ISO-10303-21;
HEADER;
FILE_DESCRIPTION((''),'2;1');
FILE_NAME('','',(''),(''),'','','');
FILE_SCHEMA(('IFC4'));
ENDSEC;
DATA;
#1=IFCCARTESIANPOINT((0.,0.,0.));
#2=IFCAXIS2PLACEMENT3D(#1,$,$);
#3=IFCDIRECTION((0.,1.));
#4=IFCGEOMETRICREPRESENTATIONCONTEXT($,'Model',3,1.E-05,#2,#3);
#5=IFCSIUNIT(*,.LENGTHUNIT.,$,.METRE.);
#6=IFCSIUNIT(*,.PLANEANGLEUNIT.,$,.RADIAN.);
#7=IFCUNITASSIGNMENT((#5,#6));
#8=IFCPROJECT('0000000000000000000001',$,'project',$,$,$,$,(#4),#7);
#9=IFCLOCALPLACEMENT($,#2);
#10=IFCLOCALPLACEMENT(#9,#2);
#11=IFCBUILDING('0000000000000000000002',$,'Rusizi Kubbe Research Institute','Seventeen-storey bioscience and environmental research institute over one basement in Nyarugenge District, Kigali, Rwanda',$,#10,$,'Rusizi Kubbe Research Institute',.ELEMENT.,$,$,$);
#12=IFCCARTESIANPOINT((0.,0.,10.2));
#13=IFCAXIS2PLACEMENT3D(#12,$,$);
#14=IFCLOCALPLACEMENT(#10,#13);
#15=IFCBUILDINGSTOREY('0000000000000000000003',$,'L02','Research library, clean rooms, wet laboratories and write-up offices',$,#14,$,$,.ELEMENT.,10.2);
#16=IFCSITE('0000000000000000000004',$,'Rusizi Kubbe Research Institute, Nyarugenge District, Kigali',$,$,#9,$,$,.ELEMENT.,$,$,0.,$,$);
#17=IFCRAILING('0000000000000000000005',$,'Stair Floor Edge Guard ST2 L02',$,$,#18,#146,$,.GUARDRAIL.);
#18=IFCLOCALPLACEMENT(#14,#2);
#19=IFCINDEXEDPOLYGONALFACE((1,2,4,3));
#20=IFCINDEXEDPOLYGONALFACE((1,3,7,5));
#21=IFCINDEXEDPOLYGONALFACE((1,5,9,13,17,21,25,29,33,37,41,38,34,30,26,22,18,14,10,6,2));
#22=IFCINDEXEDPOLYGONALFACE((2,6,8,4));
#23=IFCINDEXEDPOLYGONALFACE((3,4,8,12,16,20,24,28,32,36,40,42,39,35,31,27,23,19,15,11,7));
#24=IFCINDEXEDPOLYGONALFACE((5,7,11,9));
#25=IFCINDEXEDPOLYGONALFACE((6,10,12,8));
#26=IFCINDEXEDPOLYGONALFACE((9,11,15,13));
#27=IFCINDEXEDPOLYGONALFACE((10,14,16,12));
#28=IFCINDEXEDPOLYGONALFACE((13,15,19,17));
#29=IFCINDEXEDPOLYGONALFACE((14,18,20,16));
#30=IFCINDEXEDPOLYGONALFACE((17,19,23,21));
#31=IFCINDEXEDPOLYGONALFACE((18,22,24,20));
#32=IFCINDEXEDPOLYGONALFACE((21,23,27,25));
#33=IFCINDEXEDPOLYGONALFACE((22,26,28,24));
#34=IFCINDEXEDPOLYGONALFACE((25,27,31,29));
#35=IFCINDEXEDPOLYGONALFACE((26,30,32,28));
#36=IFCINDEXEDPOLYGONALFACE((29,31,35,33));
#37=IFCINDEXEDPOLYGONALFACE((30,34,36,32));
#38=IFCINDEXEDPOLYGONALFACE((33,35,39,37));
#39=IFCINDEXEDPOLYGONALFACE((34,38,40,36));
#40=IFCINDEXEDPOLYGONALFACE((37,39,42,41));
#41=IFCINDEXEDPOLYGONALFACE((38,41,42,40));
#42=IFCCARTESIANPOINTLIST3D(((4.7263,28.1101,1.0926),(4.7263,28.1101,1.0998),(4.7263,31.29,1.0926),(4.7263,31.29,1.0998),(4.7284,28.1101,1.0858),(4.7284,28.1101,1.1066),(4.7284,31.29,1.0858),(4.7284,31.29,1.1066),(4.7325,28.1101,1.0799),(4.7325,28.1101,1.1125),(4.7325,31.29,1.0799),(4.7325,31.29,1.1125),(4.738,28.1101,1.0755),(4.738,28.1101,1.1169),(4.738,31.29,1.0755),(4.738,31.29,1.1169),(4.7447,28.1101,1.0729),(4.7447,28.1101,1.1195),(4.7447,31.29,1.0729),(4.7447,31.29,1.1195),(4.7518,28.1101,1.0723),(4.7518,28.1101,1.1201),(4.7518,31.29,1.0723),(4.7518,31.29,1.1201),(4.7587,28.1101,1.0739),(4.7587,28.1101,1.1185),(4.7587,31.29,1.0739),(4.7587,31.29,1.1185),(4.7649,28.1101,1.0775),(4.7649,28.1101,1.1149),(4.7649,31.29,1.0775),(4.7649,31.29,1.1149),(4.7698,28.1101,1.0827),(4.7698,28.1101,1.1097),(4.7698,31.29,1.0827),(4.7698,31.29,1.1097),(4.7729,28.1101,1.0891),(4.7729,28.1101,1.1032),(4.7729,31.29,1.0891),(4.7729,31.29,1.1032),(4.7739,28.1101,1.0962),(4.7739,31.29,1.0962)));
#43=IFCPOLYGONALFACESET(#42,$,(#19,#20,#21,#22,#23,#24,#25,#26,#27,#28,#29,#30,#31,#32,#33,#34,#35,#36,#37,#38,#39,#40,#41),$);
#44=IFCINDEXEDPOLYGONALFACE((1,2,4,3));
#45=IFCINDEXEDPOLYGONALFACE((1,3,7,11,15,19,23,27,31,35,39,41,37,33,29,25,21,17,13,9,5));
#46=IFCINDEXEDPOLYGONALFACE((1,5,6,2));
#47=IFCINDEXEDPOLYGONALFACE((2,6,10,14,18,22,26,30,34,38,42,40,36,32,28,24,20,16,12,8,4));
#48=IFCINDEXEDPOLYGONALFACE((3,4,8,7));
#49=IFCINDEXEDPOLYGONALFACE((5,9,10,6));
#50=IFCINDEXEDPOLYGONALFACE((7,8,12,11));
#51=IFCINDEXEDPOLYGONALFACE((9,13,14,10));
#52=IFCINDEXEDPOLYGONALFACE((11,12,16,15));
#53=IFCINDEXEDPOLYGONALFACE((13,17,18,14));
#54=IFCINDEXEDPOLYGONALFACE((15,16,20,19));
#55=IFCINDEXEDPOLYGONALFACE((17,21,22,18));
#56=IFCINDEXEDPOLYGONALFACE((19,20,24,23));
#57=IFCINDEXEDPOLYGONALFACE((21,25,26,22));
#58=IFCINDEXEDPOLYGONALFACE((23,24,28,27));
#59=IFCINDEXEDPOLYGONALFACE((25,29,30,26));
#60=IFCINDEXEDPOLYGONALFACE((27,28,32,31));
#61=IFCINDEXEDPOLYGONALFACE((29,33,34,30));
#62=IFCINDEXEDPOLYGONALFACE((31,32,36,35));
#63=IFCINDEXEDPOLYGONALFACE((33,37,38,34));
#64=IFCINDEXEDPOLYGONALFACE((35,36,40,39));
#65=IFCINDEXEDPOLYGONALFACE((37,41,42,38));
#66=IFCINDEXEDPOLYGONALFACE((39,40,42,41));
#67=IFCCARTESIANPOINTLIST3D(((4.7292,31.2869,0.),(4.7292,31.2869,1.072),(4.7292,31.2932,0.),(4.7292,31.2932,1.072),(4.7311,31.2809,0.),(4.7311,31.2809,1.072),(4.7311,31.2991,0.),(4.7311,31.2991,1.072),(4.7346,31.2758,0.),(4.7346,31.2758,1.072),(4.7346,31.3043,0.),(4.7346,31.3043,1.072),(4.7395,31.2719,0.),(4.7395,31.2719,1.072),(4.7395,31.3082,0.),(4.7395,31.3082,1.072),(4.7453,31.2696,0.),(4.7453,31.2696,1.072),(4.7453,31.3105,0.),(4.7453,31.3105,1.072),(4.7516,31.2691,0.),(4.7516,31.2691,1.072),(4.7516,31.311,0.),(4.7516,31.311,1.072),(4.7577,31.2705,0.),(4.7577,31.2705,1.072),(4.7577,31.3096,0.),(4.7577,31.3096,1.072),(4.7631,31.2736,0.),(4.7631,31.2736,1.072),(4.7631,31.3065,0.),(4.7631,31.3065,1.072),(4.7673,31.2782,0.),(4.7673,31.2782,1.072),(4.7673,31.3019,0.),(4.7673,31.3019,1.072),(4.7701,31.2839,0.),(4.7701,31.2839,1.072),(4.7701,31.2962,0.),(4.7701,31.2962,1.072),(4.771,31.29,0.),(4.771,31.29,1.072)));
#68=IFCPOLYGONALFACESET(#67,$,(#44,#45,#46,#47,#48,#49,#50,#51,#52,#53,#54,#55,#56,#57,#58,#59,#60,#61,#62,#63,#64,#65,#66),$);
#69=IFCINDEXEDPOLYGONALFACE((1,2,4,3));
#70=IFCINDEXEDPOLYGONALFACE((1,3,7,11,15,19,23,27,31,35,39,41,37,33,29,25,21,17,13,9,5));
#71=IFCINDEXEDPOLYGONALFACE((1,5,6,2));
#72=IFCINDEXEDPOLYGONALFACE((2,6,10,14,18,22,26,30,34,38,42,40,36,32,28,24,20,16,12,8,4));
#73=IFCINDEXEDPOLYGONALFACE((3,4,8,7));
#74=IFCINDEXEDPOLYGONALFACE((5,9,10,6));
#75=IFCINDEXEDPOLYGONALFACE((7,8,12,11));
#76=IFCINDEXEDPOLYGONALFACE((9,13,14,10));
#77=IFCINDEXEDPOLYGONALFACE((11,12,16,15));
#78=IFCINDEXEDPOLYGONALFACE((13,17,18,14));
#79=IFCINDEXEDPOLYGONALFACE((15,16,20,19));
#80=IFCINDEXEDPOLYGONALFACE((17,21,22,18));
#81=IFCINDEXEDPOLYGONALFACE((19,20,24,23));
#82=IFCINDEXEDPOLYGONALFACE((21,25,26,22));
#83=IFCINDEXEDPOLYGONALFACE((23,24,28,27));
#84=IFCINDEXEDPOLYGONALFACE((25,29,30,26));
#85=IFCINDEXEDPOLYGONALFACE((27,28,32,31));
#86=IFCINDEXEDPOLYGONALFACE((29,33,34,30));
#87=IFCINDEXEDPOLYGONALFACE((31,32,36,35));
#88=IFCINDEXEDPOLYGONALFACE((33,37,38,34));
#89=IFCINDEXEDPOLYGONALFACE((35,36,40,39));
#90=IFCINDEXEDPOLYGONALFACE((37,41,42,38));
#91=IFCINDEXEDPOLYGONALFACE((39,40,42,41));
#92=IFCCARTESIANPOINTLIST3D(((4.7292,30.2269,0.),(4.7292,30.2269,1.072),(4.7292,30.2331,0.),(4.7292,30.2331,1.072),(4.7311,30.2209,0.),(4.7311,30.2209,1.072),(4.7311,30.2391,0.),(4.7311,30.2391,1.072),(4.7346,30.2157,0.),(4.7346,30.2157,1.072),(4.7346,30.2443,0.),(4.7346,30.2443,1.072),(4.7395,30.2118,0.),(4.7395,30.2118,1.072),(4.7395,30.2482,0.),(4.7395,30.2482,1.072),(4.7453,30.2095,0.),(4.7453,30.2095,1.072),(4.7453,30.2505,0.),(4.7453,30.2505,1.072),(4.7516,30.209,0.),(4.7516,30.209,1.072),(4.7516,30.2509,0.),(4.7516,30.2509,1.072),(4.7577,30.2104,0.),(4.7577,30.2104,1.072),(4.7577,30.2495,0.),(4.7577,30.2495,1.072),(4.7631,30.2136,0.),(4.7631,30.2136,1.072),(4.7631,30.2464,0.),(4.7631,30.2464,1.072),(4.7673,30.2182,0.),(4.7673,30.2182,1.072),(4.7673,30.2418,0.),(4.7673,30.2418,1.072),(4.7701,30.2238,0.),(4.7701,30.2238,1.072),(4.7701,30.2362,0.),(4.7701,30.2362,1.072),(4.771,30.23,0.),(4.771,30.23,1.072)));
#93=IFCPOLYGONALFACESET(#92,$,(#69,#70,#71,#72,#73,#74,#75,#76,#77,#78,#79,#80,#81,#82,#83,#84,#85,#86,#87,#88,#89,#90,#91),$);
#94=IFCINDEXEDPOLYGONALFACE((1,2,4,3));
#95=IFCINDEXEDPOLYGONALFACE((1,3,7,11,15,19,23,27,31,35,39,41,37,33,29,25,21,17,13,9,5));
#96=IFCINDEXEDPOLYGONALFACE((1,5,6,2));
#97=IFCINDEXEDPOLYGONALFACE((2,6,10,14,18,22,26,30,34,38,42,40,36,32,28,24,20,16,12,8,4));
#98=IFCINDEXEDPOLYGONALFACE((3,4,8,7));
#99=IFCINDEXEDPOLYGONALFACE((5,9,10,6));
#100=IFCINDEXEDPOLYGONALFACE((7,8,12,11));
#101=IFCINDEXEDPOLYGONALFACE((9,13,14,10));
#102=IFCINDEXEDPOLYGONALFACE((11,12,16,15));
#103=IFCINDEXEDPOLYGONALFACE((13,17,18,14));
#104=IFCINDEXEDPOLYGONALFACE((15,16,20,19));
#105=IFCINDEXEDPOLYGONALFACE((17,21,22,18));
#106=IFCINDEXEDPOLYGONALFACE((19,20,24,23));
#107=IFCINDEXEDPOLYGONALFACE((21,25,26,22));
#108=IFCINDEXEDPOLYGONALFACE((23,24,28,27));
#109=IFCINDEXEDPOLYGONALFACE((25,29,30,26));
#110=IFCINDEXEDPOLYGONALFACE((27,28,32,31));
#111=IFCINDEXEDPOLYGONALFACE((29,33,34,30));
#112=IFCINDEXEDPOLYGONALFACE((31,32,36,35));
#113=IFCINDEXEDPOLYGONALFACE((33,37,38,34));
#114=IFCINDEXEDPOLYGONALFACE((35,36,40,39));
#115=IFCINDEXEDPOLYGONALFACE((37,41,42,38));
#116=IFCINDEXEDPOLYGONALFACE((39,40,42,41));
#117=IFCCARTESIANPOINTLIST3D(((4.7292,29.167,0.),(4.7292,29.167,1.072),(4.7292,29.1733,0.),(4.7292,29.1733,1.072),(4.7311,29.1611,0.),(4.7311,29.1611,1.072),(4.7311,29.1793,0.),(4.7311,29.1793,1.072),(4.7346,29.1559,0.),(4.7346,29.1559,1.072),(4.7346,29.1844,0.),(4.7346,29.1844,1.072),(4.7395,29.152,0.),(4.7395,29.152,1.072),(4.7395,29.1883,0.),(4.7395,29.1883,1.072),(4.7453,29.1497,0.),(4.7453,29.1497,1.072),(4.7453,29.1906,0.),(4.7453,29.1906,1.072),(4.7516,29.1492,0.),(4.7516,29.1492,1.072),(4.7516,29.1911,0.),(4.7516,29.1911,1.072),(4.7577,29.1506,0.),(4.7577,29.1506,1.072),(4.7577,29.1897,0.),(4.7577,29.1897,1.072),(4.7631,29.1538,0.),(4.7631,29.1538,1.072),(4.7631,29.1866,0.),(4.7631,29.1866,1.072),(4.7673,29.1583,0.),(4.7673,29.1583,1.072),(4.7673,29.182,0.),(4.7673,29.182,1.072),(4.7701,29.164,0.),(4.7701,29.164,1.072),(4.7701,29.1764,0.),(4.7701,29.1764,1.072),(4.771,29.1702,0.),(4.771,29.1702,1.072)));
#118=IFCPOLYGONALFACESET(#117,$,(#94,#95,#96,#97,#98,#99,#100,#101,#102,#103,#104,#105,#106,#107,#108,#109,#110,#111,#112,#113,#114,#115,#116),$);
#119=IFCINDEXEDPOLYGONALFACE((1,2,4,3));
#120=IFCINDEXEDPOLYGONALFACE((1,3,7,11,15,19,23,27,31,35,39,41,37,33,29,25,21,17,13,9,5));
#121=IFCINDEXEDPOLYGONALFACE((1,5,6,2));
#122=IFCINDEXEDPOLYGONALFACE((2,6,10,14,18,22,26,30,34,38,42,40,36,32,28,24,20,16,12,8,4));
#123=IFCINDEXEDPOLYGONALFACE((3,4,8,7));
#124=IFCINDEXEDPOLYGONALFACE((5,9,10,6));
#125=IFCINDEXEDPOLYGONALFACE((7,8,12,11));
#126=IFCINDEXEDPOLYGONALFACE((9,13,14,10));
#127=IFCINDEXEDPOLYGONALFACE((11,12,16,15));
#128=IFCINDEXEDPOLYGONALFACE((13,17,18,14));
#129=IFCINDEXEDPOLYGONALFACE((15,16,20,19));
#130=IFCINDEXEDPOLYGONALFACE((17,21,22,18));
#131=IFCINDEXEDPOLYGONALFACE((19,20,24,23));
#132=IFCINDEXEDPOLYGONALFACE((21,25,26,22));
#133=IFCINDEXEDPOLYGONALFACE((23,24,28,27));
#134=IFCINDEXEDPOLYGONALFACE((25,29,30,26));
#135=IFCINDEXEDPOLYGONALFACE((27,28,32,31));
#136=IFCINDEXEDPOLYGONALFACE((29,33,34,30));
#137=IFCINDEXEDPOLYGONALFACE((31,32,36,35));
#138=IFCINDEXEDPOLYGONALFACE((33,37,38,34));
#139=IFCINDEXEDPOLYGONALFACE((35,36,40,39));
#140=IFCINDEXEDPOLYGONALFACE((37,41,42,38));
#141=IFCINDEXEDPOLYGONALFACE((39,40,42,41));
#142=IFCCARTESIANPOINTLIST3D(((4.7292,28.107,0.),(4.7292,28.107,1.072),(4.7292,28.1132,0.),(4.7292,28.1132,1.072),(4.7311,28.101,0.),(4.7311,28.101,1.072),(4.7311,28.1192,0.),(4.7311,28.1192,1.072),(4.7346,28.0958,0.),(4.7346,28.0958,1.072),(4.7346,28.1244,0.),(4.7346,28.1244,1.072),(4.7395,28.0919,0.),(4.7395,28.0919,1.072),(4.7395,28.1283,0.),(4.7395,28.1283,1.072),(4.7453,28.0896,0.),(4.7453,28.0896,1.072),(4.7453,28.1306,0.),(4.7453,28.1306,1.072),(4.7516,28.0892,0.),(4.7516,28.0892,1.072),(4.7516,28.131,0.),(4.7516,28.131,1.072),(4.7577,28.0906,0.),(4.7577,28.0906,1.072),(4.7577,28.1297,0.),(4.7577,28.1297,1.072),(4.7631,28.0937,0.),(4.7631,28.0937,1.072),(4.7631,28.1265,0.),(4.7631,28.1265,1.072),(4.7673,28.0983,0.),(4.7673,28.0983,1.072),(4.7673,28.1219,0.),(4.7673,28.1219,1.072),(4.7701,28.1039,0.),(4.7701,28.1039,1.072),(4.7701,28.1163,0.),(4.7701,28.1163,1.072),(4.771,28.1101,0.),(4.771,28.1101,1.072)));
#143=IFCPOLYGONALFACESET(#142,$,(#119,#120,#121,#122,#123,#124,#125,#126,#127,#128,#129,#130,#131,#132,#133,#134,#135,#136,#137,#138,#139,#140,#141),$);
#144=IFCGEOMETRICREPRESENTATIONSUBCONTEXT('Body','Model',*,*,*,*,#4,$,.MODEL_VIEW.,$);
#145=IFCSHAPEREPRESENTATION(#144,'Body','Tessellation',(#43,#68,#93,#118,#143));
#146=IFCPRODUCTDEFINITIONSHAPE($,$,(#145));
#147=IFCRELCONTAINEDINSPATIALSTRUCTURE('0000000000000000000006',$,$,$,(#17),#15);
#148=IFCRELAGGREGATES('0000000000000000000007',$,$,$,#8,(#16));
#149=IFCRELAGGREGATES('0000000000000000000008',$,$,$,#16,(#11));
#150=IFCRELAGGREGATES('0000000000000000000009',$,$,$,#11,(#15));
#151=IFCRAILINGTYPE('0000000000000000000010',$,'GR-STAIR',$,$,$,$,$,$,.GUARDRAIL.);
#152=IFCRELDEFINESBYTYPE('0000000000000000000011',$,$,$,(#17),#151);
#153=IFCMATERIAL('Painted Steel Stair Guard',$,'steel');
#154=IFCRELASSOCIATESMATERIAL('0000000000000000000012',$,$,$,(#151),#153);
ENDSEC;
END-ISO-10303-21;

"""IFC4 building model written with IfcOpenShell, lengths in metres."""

from ifc_helpers import new_model, si_unit, direction, frame, origin, origin_2d, place, context, subcontext, project, spatial, circle, extrude, material, type_object, element, save


model = new_model("IFC4")

# Units and contexts
model_context = context("Model", 3, precision=1e-05, world=origin(), true_north=direction((0.0, 1.0)))
body_context = subcontext(model_context, "Body", "Model", "MODEL_VIEW")
ifc_project = project(units=[si_unit("LENGTHUNIT", "METRE"), si_unit("PLANEANGLEUNIT", "RADIAN")], contexts=[model_context])

# Site, building, storey
site_placement = place(None, origin())
site = spatial("IfcSite", under=ifc_project, at=site_placement, Name="Rusizi Kubbe Research Institute, Nyarugenge District, Kigali", CompositionType="ELEMENT", RefElevation=0.0)
building_placement = place(site_placement, origin())
building = spatial("IfcBuilding", under=site, at=building_placement, Name="Rusizi Kubbe Research Institute", Description="Seventeen-storey bioscience and environmental research institute over one basement in Nyarugenge District, Kigali, Rwanda", LongName="Rusizi Kubbe Research Institute", CompositionType="ELEMENT")
storey_placement = place(building_placement, frame((0.0, 0.0, 10.2)))
storey = spatial("IfcBuildingStorey", under=building, at=storey_placement, Name="L02", Description="Research library, clean rooms, wet laboratories and write-up offices", CompositionType="ELEMENT", Elevation=10.2)

# Railing
ifc_material_1 = material(Name="Painted Steel Stair Guard", Category="steel")
railing_type_1 = type_object("IfcRailingType", Name="GR-STAIR", PredefinedType="GUARDRAIL", material=ifc_material_1)
railing_1_placement = place(storey_placement, frame((4.75, 31.29, 0.0)))
element("IfcRailing", 1, at=railing_1_placement, inside=storey, type_object=railing_type_1, Name="Stair Floor Edge Guard ST2 L02", PredefinedType="GUARDRAIL", context=body_context, shape_type="SweptSolid", body=[
    extrude(circle(Radius=0.0239, at=origin_2d()), frame((0.0, 0.0, 1.0962), z_axis=(0.0, -1.0, 0.0), x_axis=(1.0, 0.0, 0.0)), (0.0, 0.0, 1.0), 3.1799),
    extrude(circle(Radius=0.021, at=origin_2d()), origin(), (0.0, 0.0, 1.0), 1.072),
    extrude(circle(Radius=0.021, at=origin_2d()), frame((0.0, -1.0601, 0.0)), (0.0, 0.0, 1.0), 1.072),
    extrude(circle(Radius=0.021, at=origin_2d()), frame((0.0, -2.1199, 0.0)), (0.0, 0.0, 1.0), 1.072),
    extrude(circle(Radius=0.021, at=origin_2d()), frame((0.0, -3.1799, 0.0)), (0.0, 0.0, 1.0), 1.072),
])

save(model, "model.ifc")
